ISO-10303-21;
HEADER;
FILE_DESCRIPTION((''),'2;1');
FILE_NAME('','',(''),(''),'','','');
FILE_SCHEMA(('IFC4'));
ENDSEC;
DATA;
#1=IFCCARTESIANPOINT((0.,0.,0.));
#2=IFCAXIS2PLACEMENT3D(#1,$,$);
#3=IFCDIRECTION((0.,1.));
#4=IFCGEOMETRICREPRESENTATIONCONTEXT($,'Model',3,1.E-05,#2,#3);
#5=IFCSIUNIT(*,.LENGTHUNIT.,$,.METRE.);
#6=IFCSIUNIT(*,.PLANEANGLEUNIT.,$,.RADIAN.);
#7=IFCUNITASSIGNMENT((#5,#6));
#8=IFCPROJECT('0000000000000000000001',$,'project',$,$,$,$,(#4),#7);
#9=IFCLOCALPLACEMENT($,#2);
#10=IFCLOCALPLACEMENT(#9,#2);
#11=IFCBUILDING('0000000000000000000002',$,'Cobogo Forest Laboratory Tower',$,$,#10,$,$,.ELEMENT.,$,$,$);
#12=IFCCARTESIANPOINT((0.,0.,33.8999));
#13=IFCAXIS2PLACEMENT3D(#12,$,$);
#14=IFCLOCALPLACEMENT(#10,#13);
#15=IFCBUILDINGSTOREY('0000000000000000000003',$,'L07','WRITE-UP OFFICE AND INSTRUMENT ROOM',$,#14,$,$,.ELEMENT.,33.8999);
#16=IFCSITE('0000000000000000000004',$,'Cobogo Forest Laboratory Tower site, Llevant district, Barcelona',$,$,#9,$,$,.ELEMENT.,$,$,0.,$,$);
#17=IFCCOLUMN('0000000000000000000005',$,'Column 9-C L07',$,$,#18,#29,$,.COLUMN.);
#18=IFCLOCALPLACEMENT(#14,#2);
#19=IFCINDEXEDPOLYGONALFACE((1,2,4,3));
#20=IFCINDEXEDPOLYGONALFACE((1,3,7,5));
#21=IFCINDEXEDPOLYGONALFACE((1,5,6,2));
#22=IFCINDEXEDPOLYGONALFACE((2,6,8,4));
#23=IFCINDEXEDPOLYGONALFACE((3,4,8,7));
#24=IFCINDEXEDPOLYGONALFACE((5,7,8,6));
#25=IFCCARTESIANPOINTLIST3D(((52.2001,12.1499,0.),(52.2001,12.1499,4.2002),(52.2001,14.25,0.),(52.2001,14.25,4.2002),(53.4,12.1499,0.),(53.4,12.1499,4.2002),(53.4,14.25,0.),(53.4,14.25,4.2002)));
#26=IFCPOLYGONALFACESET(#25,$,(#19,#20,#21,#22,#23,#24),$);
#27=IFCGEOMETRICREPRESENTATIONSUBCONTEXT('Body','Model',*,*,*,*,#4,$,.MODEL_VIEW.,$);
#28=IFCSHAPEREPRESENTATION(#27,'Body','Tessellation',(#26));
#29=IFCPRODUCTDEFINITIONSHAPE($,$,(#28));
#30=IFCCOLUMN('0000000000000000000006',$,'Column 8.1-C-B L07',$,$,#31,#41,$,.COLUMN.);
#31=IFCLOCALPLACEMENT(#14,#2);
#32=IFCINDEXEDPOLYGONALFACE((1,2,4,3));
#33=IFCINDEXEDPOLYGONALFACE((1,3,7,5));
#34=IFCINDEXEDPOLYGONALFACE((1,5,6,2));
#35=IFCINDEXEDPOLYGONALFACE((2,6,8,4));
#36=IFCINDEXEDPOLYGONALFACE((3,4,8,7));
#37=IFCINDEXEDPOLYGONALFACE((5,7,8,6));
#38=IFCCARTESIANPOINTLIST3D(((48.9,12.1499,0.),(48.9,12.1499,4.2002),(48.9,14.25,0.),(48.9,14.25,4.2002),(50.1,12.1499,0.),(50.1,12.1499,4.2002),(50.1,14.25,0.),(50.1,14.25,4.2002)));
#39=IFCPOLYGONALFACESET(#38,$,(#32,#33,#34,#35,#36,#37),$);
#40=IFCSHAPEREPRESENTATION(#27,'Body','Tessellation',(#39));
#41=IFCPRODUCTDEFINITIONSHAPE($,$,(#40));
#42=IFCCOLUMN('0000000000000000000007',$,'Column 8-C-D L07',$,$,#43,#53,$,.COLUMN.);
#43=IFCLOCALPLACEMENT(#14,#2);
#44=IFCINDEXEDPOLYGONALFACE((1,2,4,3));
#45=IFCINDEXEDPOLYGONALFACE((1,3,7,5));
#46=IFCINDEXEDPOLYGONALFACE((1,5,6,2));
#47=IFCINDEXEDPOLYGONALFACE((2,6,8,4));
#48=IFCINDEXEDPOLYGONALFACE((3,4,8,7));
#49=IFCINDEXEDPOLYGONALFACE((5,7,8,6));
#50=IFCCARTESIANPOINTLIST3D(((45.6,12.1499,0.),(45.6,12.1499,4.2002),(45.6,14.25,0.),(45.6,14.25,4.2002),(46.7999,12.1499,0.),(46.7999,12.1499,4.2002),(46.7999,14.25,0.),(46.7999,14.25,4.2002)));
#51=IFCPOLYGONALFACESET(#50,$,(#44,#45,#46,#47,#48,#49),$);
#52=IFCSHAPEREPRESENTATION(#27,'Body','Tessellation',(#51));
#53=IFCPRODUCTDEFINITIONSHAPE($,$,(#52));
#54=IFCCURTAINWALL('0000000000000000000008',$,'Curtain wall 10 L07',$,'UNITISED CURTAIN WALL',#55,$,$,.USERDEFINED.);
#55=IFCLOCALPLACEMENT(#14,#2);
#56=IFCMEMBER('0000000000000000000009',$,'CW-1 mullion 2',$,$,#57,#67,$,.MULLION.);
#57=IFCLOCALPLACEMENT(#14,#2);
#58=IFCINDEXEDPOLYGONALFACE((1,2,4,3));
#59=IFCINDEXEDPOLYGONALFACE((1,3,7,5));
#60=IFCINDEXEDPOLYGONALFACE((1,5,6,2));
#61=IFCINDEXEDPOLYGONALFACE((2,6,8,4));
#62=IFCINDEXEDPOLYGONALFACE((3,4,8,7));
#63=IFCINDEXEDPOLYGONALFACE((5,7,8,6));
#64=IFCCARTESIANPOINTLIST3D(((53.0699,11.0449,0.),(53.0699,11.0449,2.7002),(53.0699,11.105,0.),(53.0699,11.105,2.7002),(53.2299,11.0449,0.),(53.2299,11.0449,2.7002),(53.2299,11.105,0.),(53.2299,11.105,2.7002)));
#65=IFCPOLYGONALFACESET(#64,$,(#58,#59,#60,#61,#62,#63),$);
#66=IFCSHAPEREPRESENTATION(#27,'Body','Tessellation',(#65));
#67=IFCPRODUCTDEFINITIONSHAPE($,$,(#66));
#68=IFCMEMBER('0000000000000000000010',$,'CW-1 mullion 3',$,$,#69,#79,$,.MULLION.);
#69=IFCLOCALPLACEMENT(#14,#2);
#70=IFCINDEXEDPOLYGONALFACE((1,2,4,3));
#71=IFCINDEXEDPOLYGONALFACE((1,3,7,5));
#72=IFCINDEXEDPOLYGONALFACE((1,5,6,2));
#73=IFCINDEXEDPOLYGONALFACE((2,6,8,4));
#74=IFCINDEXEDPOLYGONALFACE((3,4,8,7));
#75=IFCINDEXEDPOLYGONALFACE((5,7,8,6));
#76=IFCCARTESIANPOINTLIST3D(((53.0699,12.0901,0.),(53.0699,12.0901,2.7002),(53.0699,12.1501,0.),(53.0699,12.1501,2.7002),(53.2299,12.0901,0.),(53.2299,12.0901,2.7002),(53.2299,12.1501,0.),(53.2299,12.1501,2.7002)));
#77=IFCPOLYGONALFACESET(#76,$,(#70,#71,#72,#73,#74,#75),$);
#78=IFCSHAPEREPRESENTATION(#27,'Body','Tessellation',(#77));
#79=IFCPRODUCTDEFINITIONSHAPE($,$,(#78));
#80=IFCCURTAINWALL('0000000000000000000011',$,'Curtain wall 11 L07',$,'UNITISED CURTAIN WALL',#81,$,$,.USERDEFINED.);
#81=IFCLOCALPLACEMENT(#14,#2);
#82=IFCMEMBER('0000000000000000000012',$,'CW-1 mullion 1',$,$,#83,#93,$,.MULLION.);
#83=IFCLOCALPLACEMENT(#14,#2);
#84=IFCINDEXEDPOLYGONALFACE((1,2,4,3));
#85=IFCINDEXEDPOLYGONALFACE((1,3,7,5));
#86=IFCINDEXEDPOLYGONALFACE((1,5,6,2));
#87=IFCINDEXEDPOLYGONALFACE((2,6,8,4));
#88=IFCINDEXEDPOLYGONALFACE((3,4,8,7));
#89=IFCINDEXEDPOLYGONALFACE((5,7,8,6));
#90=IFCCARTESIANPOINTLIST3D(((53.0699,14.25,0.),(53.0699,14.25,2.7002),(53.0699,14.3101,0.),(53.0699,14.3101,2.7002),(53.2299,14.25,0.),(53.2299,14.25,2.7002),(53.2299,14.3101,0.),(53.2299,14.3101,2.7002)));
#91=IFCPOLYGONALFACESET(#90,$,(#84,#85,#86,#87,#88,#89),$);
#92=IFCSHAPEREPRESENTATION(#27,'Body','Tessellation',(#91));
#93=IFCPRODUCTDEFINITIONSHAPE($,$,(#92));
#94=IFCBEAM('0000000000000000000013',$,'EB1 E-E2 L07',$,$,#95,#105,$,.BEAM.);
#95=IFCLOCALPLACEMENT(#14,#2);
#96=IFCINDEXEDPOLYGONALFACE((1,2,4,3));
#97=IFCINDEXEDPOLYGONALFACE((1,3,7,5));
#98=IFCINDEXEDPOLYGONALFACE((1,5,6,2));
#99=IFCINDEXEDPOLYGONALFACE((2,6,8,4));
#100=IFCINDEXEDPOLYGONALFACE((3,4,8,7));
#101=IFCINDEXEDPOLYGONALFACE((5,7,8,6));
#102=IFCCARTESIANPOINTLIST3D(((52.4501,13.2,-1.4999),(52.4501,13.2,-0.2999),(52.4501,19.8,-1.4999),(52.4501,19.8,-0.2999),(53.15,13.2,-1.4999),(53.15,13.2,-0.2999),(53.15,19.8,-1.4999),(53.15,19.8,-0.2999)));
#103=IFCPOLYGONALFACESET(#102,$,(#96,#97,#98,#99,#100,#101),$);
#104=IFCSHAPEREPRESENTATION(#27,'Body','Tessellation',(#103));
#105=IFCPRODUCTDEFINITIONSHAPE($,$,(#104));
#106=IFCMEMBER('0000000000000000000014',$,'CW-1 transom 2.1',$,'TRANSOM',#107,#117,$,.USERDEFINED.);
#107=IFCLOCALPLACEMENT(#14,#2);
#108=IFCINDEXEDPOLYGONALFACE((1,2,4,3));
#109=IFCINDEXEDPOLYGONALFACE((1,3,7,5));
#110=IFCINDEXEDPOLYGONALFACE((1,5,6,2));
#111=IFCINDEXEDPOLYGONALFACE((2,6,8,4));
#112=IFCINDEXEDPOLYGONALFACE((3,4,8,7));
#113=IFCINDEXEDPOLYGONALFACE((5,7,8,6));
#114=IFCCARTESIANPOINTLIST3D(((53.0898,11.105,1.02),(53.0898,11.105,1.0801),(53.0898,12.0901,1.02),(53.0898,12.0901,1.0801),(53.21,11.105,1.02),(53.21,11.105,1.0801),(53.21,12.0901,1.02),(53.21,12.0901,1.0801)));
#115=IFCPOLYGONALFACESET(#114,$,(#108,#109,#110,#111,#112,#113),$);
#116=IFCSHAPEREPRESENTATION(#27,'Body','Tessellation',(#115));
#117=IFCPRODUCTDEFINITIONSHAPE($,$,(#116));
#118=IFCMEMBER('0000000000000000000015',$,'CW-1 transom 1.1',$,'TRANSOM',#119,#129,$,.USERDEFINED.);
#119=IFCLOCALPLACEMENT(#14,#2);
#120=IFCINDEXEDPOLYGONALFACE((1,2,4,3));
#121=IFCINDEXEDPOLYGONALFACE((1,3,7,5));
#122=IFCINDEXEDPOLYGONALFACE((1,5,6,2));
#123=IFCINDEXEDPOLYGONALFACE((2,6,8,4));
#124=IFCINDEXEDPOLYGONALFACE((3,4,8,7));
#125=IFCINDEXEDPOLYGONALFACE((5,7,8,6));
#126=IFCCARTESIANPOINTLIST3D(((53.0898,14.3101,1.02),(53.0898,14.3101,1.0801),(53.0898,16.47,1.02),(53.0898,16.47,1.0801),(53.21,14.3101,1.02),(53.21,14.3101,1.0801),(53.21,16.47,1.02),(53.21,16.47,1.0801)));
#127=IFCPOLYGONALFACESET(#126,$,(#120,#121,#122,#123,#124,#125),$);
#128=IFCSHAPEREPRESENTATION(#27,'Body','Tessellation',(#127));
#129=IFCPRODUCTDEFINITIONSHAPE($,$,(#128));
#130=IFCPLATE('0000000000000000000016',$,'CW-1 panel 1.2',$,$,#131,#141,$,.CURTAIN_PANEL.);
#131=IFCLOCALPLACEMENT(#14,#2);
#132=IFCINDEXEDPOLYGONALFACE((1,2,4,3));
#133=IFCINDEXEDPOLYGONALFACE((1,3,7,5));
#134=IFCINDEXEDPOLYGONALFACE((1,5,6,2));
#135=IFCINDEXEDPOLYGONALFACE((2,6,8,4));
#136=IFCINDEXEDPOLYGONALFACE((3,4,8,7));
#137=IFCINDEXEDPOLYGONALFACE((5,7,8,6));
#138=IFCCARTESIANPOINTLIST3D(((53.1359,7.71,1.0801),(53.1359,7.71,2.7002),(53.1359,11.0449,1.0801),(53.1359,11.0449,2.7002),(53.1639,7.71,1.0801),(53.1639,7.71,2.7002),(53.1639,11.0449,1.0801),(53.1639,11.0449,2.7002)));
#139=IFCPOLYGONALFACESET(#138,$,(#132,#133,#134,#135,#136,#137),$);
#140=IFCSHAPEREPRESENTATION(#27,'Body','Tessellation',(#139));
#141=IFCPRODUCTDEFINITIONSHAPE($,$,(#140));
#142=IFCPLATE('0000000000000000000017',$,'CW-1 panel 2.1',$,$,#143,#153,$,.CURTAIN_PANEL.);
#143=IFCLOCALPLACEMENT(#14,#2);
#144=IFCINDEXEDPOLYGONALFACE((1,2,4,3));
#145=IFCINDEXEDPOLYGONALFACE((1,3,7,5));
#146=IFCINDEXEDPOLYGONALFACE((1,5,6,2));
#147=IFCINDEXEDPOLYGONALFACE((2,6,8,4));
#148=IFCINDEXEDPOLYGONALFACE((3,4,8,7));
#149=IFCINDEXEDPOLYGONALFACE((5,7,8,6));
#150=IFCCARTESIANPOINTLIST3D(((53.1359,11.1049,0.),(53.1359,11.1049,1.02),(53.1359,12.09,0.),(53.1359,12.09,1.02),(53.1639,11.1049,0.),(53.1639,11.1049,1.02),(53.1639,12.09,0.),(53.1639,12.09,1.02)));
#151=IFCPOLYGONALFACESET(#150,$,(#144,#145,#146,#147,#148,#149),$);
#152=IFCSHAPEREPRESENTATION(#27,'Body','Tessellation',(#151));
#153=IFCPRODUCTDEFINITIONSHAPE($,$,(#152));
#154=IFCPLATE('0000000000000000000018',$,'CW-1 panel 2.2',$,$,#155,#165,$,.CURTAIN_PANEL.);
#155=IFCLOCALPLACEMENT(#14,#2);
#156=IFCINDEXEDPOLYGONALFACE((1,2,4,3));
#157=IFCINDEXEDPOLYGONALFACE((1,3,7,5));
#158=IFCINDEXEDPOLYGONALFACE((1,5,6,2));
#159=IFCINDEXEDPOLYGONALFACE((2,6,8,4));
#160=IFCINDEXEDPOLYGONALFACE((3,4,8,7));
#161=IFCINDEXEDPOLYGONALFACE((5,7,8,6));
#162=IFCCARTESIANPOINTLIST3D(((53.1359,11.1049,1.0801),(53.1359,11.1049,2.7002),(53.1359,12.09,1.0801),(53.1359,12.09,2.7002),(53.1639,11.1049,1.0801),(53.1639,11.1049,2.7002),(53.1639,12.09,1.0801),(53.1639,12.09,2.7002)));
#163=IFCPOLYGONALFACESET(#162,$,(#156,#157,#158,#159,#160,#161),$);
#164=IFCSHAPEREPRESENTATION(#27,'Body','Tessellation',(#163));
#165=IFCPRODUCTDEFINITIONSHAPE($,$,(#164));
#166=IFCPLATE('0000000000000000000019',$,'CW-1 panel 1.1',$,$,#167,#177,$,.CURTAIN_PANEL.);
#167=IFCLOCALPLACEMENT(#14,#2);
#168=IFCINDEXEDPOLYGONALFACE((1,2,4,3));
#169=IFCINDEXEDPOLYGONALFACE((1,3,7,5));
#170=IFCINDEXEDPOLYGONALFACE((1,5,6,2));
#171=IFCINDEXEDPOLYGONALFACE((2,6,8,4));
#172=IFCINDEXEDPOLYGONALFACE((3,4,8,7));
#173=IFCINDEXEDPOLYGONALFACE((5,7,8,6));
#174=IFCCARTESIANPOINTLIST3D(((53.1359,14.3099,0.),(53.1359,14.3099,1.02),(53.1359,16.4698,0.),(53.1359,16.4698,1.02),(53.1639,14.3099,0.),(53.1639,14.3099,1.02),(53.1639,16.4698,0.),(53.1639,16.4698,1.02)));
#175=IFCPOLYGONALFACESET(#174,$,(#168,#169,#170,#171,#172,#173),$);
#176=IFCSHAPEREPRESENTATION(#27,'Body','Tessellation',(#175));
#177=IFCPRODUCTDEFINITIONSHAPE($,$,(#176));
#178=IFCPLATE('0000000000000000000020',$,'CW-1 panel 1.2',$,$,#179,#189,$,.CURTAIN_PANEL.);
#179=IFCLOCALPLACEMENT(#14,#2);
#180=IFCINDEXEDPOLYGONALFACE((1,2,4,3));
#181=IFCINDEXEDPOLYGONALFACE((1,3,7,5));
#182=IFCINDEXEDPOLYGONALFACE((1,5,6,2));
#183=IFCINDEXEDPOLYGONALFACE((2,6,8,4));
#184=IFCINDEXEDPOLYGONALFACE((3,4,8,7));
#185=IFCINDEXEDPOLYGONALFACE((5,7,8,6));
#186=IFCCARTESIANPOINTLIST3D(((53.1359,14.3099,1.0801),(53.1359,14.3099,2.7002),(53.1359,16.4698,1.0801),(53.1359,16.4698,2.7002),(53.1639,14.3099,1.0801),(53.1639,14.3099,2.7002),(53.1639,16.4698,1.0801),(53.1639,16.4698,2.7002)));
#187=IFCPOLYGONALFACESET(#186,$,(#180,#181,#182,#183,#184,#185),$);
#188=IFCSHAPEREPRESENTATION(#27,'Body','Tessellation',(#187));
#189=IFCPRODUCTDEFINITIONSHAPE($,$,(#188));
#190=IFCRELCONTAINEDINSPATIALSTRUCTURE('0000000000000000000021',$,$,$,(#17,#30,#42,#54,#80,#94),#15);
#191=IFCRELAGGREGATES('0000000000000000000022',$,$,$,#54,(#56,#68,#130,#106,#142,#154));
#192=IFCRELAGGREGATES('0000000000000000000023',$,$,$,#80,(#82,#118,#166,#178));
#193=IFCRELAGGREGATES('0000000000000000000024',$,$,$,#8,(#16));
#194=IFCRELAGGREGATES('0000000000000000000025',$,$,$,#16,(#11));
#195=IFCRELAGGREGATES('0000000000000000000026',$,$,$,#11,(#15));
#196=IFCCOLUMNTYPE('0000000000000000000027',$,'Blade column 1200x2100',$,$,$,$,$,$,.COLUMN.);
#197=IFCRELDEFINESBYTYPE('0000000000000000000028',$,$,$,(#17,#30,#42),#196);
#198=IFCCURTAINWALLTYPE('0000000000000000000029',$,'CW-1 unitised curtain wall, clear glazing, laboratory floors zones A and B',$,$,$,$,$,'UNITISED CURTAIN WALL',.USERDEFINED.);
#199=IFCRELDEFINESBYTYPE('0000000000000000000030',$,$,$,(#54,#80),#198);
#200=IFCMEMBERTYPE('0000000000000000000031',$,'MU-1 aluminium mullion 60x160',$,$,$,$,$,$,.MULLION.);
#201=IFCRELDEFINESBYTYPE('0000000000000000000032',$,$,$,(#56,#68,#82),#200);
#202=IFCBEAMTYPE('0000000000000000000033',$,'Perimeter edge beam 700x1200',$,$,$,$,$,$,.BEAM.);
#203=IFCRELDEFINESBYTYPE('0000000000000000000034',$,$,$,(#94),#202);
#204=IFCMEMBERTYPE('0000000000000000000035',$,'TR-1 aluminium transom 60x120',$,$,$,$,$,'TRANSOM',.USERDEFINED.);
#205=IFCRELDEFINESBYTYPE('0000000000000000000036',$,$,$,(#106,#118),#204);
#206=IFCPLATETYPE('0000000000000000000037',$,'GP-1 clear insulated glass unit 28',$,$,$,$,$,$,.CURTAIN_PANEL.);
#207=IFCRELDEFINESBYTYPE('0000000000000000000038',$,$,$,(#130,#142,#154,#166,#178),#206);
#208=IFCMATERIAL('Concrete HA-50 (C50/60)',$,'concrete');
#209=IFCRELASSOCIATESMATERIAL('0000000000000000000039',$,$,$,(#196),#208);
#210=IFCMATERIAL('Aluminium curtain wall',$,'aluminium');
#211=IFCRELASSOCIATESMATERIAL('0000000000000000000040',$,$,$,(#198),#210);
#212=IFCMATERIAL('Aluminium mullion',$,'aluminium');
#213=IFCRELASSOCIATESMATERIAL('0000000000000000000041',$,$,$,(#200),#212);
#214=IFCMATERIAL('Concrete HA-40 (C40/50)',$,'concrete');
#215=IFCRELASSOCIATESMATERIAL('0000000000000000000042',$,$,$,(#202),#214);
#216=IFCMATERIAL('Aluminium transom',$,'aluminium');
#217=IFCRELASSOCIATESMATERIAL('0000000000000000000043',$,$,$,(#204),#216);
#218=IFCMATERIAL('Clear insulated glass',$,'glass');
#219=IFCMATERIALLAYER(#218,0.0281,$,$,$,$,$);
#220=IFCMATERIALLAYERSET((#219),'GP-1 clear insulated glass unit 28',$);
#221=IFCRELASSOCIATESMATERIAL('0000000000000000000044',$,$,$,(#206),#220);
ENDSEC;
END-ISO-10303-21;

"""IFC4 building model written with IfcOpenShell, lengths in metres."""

from ifc_helpers import new_model, si_unit, direction, frame, origin, origin_2d, place, context, subcontext, project, spatial, rectangle, extrude, material, layer, layer_set, material_profile, profile_set, type_object, element, aggregate, save


model = new_model("IFC4")

# Units and contexts
model_context = context("Model", 3, precision=1e-05, world=origin(), true_north=direction((0.0, 1.0)))
body_context = subcontext(model_context, "Body", "Model", "MODEL_VIEW")
ifc_project = project(units=[si_unit("LENGTHUNIT", "METRE"), si_unit("PLANEANGLEUNIT", "RADIAN")], contexts=[model_context])

# Site, building, storey
site_placement = place(None, origin())
site = spatial("IfcSite", under=ifc_project, at=site_placement, Name="Cobogo Forest Laboratory Tower site, Llevant district, Barcelona", CompositionType="ELEMENT", RefElevation=0.0)
building_placement = place(site_placement, origin())
building = spatial("IfcBuilding", under=site, at=building_placement, Name="Cobogo Forest Laboratory Tower", CompositionType="ELEMENT")
storey_placement = place(building_placement, frame((0.0, 0.0, 33.8999)))
storey = spatial("IfcBuildingStorey", under=building, at=storey_placement, Name="L07", Description="WRITE-UP OFFICE AND INSTRUMENT ROOM", CompositionType="ELEMENT", Elevation=33.8999)

# Columns
ifc_material_1 = material(Name="Concrete HA-50 (C50/60)", Category="concrete")
ifc_material_profile_1 = material_profile(ifc_material_1, rectangle(XDim=2.1001, YDim=1.2, at=origin_2d()), Name="RC 1200x2100")
ifc_profile_set_1 = profile_set([ifc_material_profile_1], Name="Concrete HA-50 (C50/60)")
column_type = type_object("IfcColumnType", Name="Blade column 1200x2100", PredefinedType="COLUMN", material=ifc_profile_set_1)
for number, where, z_axis, x_axis, name in (
    (1, (52.8, 13.2, 0.0), (0.0, 0.0, 1.0), (0.0, 1.0, 0.0), "Column 9-C L07"),
    (2, (49.5, 13.2, 0.0), (0.0, 0.0, 1.0), (0.0, 1.0, 0.0), "Column 8.1-C-B L07"),
    (3, (46.2, 13.2, 0.0), (0.0, 0.0, 1.0), (0.0, 1.0, 0.0), "Column 8-C-D L07"),
):
    element("IfcColumn", number, at=place(storey_placement, frame(where, z_axis=z_axis, x_axis=x_axis)), inside=storey, type_object=column_type, Name=name, PredefinedType="COLUMN", context=body_context, shape_type="SweptSolid", body=[
        extrude(rectangle(XDim=2.1001, YDim=1.2, at=origin_2d()), origin(), (0.0, 0.0, 1.0), 4.2002),
    ])

# Curtain wall, members
ifc_material_2 = material(Name="Aluminium curtain wall", Category="aluminium")
curtain_wall_type = type_object("IfcCurtainWallType", Name="CW-1 unitised curtain wall, clear glazing, laboratory floors zones A and B", ElementType="UNITISED CURTAIN WALL", PredefinedType="USERDEFINED", material=ifc_material_2)
curtain_wall_1_placement = place(storey_placement, origin())
curtain_wall_1 = element("IfcCurtainWall", 4, at=curtain_wall_1_placement, inside=storey, type_object=curtain_wall_type, Name="Curtain wall 10 L07", ObjectType="UNITISED CURTAIN WALL", PredefinedType="USERDEFINED")
ifc_material_3 = material(Name="Aluminium mullion", Category="aluminium")
ifc_material_profile_2 = material_profile(ifc_material_3, rectangle(XDim=0.0601, YDim=0.1599, at=origin_2d()), Name="AL 60x160")
ifc_profile_set_2 = profile_set([ifc_material_profile_2], Name="Aluminium mullion")
member_type_1 = type_object("IfcMemberType", Name="MU-1 aluminium mullion 60x160", PredefinedType="MULLION", material=ifc_profile_set_2)
member_1_placement = place(storey_placement, frame((53.1499, 11.075, 0.0), z_axis=(0.0, 0.0, 1.0), x_axis=(0.0, 1.0, 0.0)))
member_1 = element("IfcMember", 5, at=member_1_placement, type_object=member_type_1, Name="CW-1 mullion 2", PredefinedType="MULLION", context=body_context, shape_type="SweptSolid", body=[
    extrude(rectangle(XDim=0.0601, YDim=0.1599, at=origin_2d()), origin(), (0.0, 0.0, 1.0), 2.7002),
])
member_2_placement = place(storey_placement, frame((53.1499, 12.1201, 0.0), z_axis=(0.0, 0.0, 1.0), x_axis=(0.0, 1.0, 0.0)))
member_2 = element("IfcMember", 6, at=member_2_placement, type_object=member_type_1, Name="CW-1 mullion 3", PredefinedType="MULLION", context=body_context, shape_type="SweptSolid", body=[
    extrude(rectangle(XDim=0.0601, YDim=0.1599, at=origin_2d()), origin(), (0.0, 0.0, 1.0), 2.7002),
])

# Curtain wall, member
curtain_wall_2_placement = place(storey_placement, origin())
curtain_wall_2 = element("IfcCurtainWall", 7, at=curtain_wall_2_placement, inside=storey, type_object=curtain_wall_type, Name="Curtain wall 11 L07", ObjectType="UNITISED CURTAIN WALL", PredefinedType="USERDEFINED")
member_3_placement = place(storey_placement, frame((53.1499, 14.28, 0.0), z_axis=(0.0, 0.0, 1.0), x_axis=(0.0, 1.0, 0.0)))
member_3 = element("IfcMember", 8, at=member_3_placement, type_object=member_type_1, Name="CW-1 mullion 1", PredefinedType="MULLION", context=body_context, shape_type="SweptSolid", body=[
    extrude(rectangle(XDim=0.0601, YDim=0.1599, at=origin_2d()), origin(), (0.0, 0.0, 1.0), 2.7002),
])

# Beam
ifc_material_4 = material(Name="Concrete HA-40 (C40/50)", Category="concrete")
ifc_material_profile_3 = material_profile(ifc_material_4, rectangle(XDim=0.7, YDim=1.2, at=origin_2d()), Name="RC 700x1200")
ifc_profile_set_3 = profile_set([ifc_material_profile_3], Name="Concrete HA-40 (C40/50)")
beam_type = type_object("IfcBeamType", Name="Perimeter edge beam 700x1200", PredefinedType="BEAM", material=ifc_profile_set_3)
beam_placement = place(storey_placement, frame((52.8, 13.2, -0.8999), z_axis=(0.0, 1.0, 0.0), x_axis=(-1.0, 0.0, 0.0)))
element("IfcBeam", 9, at=beam_placement, inside=storey, type_object=beam_type, Name="EB1 E-E2 L07", PredefinedType="BEAM", context=body_context, shape_type="SweptSolid", body=[
    extrude(rectangle(XDim=0.7, YDim=1.2, at=origin_2d()), origin(), (0.0, 0.0, 1.0), 6.6001),
])

# Members
ifc_material_5 = material(Name="Aluminium transom", Category="aluminium")
ifc_material_profile_4 = material_profile(ifc_material_5, rectangle(XDim=0.1201, YDim=0.0601, at=origin_2d()), Name="AL 60x120")
ifc_profile_set_4 = profile_set([ifc_material_profile_4], Name="Aluminium transom")
member_type_2 = type_object("IfcMemberType", Name="TR-1 aluminium transom 60x120", ElementType="TRANSOM", PredefinedType="USERDEFINED", material=ifc_profile_set_4)
member_4_placement = place(storey_placement, frame((53.1499, 11.105, 1.05), z_axis=(0.0, 1.0, 0.0), x_axis=(-1.0, 0.0, 0.0)))
member_4 = element("IfcMember", 10, at=member_4_placement, type_object=member_type_2, Name="CW-1 transom 2.1", ObjectType="TRANSOM", PredefinedType="USERDEFINED", context=body_context, shape_type="SweptSolid", body=[
    extrude(rectangle(XDim=0.1201, YDim=0.0601, at=origin_2d()), origin(), (0.0, 0.0, 1.0), 0.9851),
])
member_5_placement = place(storey_placement, frame((53.1499, 14.3101, 1.05), z_axis=(0.0, 1.0, 0.0), x_axis=(-1.0, 0.0, 0.0)))
member_5 = element("IfcMember", 11, at=member_5_placement, type_object=member_type_2, Name="CW-1 transom 1.1", ObjectType="TRANSOM", PredefinedType="USERDEFINED", context=body_context, shape_type="SweptSolid", body=[
    extrude(rectangle(XDim=0.1201, YDim=0.0601, at=origin_2d()), origin(), (0.0, 0.0, 1.0), 2.1599),
])

# Plates
ifc_material_6 = material(Name="Clear insulated glass", Category="glass")
ifc_layer_1 = layer(ifc_material_6, 0.0281)
ifc_layer_set_1 = layer_set([ifc_layer_1], Name="GP-1 clear insulated glass unit 28")
plate_type_1 = type_object("IfcPlateType", Name="GP-1 clear insulated glass unit 28", PredefinedType="CURTAIN_PANEL", material=ifc_layer_set_1)
plate_1_placement = place(storey_placement, frame((53.1499, 9.3774, 1.0801), z_axis=(0.0, 0.0, 1.0), x_axis=(0.0, 1.0, 0.0)))
plate_1 = element("IfcPlate", 12, at=plate_1_placement, type_object=plate_type_1, Name="CW-1 panel 1.2", PredefinedType="CURTAIN_PANEL", context=body_context, shape_type="SweptSolid", body=[
    extrude(rectangle(XDim=3.335, YDim=0.0281, at=origin_2d()), origin(), (0.0, 0.0, 1.0), 1.6201),
])
plate_2_placement = place(storey_placement, frame((53.1499, 11.5974, 0.0), z_axis=(0.0, 0.0, 1.0), x_axis=(0.0, 1.0, 0.0)))
plate_2 = element("IfcPlate", 13, at=plate_2_placement, type_object=plate_type_1, Name="CW-1 panel 2.1", PredefinedType="CURTAIN_PANEL", context=body_context, shape_type="SweptSolid", body=[
    extrude(rectangle(XDim=0.9851, YDim=0.0281, at=origin_2d()), origin(), (0.0, 0.0, 1.0), 1.02),
])
plate_3_placement = place(storey_placement, frame((53.1499, 11.5974, 1.0801), z_axis=(0.0, 0.0, 1.0), x_axis=(0.0, 1.0, 0.0)))
plate_3 = element("IfcPlate", 14, at=plate_3_placement, type_object=plate_type_1, Name="CW-1 panel 2.2", PredefinedType="CURTAIN_PANEL", context=body_context, shape_type="SweptSolid", body=[
    extrude(rectangle(XDim=0.9851, YDim=0.0281, at=origin_2d()), origin(), (0.0, 0.0, 1.0), 1.6201),
])
aggregate(curtain_wall_1, [member_1, member_2, plate_1, member_4, plate_2, plate_3])
plate_4_placement = place(storey_placement, frame((53.1499, 15.3899, 0.0), z_axis=(0.0, 0.0, 1.0), x_axis=(0.0, 1.0, 0.0)))
plate_4 = element("IfcPlate", 15, at=plate_4_placement, type_object=plate_type_1, Name="CW-1 panel 1.1", PredefinedType="CURTAIN_PANEL", context=body_context, shape_type="SweptSolid", body=[
    extrude(rectangle(XDim=2.1599, YDim=0.0281, at=origin_2d()), origin(), (0.0, 0.0, 1.0), 1.02),
])
plate_5_placement = place(storey_placement, frame((53.1499, 15.3899, 1.0801), z_axis=(0.0, 0.0, 1.0), x_axis=(0.0, 1.0, 0.0)))
plate_5 = element("IfcPlate", 16, at=plate_5_placement, type_object=plate_type_1, Name="CW-1 panel 1.2", PredefinedType="CURTAIN_PANEL", context=body_context, shape_type="SweptSolid", body=[
    extrude(rectangle(XDim=2.1599, YDim=0.0281, at=origin_2d()), origin(), (0.0, 0.0, 1.0), 1.6201),
])
aggregate(curtain_wall_2, [member_3, member_5, plate_4, plate_5])

save(model, "model.ifc")
